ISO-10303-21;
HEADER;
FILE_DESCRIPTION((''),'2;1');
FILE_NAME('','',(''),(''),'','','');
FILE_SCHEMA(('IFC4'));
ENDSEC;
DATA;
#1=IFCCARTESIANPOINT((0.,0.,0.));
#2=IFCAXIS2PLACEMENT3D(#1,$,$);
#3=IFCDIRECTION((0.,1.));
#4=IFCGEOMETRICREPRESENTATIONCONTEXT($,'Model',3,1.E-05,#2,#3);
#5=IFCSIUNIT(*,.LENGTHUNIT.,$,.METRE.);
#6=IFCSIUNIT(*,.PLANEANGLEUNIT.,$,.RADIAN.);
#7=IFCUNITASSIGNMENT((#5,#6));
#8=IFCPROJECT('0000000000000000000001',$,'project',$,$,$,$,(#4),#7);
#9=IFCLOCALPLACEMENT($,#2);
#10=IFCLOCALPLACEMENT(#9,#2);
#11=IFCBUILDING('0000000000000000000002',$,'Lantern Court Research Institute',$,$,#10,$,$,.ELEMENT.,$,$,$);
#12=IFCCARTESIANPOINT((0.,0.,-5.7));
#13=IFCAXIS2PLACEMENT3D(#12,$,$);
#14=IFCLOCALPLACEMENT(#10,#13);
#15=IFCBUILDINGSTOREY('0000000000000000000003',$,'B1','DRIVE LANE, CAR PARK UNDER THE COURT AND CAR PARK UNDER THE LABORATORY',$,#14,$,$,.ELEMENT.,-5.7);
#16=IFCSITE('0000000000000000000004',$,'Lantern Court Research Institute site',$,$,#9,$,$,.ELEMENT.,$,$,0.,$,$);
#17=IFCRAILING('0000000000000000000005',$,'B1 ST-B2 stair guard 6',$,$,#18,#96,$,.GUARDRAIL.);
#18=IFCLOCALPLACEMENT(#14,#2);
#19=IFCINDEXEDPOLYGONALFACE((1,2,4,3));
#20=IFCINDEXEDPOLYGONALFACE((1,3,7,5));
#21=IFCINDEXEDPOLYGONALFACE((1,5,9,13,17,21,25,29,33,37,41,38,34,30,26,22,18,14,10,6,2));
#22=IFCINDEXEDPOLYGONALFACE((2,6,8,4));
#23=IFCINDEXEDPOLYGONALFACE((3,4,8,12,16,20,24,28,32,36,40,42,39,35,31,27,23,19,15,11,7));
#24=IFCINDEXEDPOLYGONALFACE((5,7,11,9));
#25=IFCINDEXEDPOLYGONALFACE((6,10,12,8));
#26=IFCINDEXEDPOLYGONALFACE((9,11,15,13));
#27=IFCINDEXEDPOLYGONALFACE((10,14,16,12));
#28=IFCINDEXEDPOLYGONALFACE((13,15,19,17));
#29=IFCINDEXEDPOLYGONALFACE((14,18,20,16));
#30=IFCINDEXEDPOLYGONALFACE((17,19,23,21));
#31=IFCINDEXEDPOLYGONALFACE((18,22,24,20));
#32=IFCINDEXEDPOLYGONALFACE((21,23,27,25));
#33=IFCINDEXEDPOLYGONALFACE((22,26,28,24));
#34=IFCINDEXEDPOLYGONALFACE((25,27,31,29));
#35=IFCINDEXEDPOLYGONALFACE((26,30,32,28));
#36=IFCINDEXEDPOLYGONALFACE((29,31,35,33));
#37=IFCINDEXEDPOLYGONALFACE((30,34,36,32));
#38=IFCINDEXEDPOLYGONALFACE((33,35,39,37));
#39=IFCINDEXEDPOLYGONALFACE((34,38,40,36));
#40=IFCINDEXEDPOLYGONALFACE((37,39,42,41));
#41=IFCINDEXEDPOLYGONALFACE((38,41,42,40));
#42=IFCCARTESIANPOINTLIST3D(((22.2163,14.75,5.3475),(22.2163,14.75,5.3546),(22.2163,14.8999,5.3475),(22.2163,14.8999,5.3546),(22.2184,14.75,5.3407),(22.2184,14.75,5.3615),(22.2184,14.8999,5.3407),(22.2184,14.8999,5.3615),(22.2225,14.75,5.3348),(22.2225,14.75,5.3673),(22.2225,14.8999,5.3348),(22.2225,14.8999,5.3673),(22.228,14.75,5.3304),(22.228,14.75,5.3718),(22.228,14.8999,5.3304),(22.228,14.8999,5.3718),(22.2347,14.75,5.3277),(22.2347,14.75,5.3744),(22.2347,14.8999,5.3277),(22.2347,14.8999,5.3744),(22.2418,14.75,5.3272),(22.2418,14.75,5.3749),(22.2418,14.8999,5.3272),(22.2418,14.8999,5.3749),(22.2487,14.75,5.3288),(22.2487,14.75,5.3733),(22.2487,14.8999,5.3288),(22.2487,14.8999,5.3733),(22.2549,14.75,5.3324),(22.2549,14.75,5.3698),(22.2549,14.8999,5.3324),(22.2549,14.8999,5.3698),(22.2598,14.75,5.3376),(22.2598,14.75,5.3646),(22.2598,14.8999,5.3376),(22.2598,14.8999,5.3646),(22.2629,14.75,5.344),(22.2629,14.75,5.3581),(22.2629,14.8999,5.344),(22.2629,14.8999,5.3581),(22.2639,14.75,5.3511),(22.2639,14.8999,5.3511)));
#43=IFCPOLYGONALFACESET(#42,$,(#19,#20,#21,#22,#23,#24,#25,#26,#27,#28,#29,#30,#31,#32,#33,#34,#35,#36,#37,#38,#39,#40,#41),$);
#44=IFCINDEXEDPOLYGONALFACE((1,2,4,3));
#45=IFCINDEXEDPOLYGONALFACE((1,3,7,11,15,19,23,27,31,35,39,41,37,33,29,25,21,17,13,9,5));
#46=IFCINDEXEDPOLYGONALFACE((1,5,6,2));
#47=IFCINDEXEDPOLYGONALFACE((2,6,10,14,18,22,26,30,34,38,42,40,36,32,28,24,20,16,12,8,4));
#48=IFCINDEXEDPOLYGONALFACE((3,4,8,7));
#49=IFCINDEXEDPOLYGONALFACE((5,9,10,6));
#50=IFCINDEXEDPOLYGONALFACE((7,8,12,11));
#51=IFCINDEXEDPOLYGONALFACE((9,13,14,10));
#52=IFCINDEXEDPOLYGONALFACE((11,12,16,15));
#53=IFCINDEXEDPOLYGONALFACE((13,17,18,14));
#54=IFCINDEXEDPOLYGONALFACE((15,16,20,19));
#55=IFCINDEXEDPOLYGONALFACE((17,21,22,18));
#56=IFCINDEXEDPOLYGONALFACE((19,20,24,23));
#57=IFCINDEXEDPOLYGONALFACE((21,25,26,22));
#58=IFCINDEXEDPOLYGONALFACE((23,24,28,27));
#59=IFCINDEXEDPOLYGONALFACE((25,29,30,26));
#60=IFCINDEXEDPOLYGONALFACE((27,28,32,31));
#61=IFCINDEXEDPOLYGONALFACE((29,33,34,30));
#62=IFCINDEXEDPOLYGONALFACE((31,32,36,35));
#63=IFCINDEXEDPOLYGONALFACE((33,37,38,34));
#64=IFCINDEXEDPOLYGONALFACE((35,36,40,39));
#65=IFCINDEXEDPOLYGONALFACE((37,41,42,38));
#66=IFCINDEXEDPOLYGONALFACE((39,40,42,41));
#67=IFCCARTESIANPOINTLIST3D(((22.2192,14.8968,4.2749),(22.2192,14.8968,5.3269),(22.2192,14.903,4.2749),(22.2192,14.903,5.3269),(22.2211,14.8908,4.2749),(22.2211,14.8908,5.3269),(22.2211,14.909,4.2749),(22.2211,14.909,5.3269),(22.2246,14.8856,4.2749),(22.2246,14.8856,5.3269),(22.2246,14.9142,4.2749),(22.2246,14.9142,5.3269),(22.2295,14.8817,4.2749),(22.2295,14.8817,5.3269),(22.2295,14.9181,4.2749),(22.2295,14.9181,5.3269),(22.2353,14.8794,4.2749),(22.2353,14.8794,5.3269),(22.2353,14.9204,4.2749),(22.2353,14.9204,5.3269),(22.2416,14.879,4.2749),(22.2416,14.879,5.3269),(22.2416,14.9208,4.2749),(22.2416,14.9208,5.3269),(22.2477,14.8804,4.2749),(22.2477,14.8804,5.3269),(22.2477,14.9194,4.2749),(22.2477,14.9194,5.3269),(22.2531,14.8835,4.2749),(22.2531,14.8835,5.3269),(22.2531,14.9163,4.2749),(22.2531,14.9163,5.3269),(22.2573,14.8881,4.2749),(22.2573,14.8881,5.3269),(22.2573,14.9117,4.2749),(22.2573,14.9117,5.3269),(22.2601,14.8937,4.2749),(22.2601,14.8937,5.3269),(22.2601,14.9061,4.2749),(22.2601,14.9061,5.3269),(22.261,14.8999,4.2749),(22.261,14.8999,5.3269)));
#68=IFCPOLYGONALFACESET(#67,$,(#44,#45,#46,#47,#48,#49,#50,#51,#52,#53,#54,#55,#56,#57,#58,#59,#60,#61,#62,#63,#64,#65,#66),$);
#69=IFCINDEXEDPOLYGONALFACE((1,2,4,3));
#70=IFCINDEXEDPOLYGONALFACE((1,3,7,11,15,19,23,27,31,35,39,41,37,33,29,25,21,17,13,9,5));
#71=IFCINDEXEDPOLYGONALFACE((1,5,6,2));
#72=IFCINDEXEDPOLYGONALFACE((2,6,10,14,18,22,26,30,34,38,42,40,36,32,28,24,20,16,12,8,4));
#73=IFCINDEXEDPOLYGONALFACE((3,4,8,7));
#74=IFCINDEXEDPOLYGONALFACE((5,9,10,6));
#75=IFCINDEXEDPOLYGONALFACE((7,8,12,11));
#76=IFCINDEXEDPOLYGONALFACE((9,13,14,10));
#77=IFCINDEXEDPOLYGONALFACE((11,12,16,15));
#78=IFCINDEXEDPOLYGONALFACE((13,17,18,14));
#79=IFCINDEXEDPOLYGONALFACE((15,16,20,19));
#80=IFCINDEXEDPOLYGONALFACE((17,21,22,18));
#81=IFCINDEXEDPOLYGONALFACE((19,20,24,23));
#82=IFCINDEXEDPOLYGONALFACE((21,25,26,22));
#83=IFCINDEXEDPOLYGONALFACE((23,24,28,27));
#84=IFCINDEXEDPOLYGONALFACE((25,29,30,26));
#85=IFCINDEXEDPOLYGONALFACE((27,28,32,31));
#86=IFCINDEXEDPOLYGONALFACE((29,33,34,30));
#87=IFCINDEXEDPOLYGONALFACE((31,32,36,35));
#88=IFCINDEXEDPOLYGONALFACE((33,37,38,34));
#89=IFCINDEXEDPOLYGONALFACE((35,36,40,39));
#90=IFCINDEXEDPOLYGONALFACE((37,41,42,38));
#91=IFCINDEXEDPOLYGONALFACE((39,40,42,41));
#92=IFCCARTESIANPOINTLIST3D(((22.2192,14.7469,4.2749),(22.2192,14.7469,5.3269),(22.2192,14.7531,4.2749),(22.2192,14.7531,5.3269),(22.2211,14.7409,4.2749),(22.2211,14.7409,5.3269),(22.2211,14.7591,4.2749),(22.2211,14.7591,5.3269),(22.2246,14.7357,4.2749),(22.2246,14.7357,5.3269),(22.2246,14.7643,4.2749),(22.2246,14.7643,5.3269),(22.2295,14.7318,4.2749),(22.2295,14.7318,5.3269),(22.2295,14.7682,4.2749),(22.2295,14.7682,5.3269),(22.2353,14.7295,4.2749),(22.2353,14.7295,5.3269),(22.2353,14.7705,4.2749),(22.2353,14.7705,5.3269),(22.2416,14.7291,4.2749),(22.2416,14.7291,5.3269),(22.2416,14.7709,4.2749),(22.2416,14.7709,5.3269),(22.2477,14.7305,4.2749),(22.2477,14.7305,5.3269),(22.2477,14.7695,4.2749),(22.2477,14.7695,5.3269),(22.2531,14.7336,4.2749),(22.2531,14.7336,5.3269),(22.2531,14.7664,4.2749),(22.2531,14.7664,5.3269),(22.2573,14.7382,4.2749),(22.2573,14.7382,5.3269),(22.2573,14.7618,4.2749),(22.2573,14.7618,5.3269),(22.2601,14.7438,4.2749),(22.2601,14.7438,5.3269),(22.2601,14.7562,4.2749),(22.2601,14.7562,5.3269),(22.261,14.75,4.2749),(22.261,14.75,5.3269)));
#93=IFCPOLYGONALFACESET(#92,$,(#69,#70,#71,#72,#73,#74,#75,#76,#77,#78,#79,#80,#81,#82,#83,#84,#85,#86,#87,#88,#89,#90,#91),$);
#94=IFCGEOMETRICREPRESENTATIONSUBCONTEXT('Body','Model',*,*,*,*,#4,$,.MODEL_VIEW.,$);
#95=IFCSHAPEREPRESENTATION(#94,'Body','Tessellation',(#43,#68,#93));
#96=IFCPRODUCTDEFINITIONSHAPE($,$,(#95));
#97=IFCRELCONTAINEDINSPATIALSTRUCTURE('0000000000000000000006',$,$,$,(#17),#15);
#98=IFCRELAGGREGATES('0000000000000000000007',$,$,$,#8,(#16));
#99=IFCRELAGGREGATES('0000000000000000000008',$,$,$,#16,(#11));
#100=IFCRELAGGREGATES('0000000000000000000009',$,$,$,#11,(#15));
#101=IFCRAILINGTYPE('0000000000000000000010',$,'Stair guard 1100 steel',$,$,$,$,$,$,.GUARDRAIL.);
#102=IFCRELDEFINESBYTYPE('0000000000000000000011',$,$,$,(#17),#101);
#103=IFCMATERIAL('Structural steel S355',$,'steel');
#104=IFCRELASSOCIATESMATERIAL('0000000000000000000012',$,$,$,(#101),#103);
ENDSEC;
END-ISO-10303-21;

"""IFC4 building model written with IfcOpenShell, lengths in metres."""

from ifc_helpers import new_model, si_unit, direction, frame, origin, origin_2d, place, context, subcontext, project, spatial, circle, extrude, material, type_object, element, save


model = new_model("IFC4")

# Units and contexts
model_context = context("Model", 3, precision=1e-05, world=origin(), true_north=direction((0.0, 1.0)))
body_context = subcontext(model_context, "Body", "Model", "MODEL_VIEW")
ifc_project = project(units=[si_unit("LENGTHUNIT", "METRE"), si_unit("PLANEANGLEUNIT", "RADIAN")], contexts=[model_context])

# Site, building, storey
site_placement = place(None, origin())
site = spatial("IfcSite", under=ifc_project, at=site_placement, Name="Lantern Court Research Institute site", CompositionType="ELEMENT", RefElevation=0.0)
building_placement = place(site_placement, origin())
building = spatial("IfcBuilding", under=site, at=building_placement, Name="Lantern Court Research Institute", CompositionType="ELEMENT")
storey_placement = place(building_placement, frame((0.0, 0.0, -5.7)))
storey = spatial("IfcBuildingStorey", under=building, at=storey_placement, Name="B1", Description="DRIVE LANE, CAR PARK UNDER THE COURT AND CAR PARK UNDER THE LABORATORY", CompositionType="ELEMENT", Elevation=-5.7)

# Railing
ifc_material_1 = material(Name="Structural steel S355", Category="steel")
railing_type_1 = type_object("IfcRailingType", Name="Stair guard 1100 steel", PredefinedType="GUARDRAIL", material=ifc_material_1)
railing_1_placement = place(storey_placement, frame((22.24, 14.8999, 4.2749)))
element("IfcRailing", 1, at=railing_1_placement, inside=storey, type_object=railing_type_1, Name="B1 ST-B2 stair guard 6", PredefinedType="GUARDRAIL", context=body_context, shape_type="SweptSolid", body=[
    extrude(circle(Radius=0.0239, at=origin_2d()), frame((0.0, 0.0, 1.0762), z_axis=(0.0, -1.0, 0.0), x_axis=(1.0, 0.0, 0.0)), (0.0, 0.0, 1.0), 0.1499),
    extrude(circle(Radius=0.021, at=origin_2d()), origin(), (0.0, 0.0, 1.0), 1.052),
    extrude(circle(Radius=0.021, at=origin_2d()), frame((0.0, -0.1499, 0.0)), (0.0, 0.0, 1.0), 1.052),
])

save(model, "model.ifc")
